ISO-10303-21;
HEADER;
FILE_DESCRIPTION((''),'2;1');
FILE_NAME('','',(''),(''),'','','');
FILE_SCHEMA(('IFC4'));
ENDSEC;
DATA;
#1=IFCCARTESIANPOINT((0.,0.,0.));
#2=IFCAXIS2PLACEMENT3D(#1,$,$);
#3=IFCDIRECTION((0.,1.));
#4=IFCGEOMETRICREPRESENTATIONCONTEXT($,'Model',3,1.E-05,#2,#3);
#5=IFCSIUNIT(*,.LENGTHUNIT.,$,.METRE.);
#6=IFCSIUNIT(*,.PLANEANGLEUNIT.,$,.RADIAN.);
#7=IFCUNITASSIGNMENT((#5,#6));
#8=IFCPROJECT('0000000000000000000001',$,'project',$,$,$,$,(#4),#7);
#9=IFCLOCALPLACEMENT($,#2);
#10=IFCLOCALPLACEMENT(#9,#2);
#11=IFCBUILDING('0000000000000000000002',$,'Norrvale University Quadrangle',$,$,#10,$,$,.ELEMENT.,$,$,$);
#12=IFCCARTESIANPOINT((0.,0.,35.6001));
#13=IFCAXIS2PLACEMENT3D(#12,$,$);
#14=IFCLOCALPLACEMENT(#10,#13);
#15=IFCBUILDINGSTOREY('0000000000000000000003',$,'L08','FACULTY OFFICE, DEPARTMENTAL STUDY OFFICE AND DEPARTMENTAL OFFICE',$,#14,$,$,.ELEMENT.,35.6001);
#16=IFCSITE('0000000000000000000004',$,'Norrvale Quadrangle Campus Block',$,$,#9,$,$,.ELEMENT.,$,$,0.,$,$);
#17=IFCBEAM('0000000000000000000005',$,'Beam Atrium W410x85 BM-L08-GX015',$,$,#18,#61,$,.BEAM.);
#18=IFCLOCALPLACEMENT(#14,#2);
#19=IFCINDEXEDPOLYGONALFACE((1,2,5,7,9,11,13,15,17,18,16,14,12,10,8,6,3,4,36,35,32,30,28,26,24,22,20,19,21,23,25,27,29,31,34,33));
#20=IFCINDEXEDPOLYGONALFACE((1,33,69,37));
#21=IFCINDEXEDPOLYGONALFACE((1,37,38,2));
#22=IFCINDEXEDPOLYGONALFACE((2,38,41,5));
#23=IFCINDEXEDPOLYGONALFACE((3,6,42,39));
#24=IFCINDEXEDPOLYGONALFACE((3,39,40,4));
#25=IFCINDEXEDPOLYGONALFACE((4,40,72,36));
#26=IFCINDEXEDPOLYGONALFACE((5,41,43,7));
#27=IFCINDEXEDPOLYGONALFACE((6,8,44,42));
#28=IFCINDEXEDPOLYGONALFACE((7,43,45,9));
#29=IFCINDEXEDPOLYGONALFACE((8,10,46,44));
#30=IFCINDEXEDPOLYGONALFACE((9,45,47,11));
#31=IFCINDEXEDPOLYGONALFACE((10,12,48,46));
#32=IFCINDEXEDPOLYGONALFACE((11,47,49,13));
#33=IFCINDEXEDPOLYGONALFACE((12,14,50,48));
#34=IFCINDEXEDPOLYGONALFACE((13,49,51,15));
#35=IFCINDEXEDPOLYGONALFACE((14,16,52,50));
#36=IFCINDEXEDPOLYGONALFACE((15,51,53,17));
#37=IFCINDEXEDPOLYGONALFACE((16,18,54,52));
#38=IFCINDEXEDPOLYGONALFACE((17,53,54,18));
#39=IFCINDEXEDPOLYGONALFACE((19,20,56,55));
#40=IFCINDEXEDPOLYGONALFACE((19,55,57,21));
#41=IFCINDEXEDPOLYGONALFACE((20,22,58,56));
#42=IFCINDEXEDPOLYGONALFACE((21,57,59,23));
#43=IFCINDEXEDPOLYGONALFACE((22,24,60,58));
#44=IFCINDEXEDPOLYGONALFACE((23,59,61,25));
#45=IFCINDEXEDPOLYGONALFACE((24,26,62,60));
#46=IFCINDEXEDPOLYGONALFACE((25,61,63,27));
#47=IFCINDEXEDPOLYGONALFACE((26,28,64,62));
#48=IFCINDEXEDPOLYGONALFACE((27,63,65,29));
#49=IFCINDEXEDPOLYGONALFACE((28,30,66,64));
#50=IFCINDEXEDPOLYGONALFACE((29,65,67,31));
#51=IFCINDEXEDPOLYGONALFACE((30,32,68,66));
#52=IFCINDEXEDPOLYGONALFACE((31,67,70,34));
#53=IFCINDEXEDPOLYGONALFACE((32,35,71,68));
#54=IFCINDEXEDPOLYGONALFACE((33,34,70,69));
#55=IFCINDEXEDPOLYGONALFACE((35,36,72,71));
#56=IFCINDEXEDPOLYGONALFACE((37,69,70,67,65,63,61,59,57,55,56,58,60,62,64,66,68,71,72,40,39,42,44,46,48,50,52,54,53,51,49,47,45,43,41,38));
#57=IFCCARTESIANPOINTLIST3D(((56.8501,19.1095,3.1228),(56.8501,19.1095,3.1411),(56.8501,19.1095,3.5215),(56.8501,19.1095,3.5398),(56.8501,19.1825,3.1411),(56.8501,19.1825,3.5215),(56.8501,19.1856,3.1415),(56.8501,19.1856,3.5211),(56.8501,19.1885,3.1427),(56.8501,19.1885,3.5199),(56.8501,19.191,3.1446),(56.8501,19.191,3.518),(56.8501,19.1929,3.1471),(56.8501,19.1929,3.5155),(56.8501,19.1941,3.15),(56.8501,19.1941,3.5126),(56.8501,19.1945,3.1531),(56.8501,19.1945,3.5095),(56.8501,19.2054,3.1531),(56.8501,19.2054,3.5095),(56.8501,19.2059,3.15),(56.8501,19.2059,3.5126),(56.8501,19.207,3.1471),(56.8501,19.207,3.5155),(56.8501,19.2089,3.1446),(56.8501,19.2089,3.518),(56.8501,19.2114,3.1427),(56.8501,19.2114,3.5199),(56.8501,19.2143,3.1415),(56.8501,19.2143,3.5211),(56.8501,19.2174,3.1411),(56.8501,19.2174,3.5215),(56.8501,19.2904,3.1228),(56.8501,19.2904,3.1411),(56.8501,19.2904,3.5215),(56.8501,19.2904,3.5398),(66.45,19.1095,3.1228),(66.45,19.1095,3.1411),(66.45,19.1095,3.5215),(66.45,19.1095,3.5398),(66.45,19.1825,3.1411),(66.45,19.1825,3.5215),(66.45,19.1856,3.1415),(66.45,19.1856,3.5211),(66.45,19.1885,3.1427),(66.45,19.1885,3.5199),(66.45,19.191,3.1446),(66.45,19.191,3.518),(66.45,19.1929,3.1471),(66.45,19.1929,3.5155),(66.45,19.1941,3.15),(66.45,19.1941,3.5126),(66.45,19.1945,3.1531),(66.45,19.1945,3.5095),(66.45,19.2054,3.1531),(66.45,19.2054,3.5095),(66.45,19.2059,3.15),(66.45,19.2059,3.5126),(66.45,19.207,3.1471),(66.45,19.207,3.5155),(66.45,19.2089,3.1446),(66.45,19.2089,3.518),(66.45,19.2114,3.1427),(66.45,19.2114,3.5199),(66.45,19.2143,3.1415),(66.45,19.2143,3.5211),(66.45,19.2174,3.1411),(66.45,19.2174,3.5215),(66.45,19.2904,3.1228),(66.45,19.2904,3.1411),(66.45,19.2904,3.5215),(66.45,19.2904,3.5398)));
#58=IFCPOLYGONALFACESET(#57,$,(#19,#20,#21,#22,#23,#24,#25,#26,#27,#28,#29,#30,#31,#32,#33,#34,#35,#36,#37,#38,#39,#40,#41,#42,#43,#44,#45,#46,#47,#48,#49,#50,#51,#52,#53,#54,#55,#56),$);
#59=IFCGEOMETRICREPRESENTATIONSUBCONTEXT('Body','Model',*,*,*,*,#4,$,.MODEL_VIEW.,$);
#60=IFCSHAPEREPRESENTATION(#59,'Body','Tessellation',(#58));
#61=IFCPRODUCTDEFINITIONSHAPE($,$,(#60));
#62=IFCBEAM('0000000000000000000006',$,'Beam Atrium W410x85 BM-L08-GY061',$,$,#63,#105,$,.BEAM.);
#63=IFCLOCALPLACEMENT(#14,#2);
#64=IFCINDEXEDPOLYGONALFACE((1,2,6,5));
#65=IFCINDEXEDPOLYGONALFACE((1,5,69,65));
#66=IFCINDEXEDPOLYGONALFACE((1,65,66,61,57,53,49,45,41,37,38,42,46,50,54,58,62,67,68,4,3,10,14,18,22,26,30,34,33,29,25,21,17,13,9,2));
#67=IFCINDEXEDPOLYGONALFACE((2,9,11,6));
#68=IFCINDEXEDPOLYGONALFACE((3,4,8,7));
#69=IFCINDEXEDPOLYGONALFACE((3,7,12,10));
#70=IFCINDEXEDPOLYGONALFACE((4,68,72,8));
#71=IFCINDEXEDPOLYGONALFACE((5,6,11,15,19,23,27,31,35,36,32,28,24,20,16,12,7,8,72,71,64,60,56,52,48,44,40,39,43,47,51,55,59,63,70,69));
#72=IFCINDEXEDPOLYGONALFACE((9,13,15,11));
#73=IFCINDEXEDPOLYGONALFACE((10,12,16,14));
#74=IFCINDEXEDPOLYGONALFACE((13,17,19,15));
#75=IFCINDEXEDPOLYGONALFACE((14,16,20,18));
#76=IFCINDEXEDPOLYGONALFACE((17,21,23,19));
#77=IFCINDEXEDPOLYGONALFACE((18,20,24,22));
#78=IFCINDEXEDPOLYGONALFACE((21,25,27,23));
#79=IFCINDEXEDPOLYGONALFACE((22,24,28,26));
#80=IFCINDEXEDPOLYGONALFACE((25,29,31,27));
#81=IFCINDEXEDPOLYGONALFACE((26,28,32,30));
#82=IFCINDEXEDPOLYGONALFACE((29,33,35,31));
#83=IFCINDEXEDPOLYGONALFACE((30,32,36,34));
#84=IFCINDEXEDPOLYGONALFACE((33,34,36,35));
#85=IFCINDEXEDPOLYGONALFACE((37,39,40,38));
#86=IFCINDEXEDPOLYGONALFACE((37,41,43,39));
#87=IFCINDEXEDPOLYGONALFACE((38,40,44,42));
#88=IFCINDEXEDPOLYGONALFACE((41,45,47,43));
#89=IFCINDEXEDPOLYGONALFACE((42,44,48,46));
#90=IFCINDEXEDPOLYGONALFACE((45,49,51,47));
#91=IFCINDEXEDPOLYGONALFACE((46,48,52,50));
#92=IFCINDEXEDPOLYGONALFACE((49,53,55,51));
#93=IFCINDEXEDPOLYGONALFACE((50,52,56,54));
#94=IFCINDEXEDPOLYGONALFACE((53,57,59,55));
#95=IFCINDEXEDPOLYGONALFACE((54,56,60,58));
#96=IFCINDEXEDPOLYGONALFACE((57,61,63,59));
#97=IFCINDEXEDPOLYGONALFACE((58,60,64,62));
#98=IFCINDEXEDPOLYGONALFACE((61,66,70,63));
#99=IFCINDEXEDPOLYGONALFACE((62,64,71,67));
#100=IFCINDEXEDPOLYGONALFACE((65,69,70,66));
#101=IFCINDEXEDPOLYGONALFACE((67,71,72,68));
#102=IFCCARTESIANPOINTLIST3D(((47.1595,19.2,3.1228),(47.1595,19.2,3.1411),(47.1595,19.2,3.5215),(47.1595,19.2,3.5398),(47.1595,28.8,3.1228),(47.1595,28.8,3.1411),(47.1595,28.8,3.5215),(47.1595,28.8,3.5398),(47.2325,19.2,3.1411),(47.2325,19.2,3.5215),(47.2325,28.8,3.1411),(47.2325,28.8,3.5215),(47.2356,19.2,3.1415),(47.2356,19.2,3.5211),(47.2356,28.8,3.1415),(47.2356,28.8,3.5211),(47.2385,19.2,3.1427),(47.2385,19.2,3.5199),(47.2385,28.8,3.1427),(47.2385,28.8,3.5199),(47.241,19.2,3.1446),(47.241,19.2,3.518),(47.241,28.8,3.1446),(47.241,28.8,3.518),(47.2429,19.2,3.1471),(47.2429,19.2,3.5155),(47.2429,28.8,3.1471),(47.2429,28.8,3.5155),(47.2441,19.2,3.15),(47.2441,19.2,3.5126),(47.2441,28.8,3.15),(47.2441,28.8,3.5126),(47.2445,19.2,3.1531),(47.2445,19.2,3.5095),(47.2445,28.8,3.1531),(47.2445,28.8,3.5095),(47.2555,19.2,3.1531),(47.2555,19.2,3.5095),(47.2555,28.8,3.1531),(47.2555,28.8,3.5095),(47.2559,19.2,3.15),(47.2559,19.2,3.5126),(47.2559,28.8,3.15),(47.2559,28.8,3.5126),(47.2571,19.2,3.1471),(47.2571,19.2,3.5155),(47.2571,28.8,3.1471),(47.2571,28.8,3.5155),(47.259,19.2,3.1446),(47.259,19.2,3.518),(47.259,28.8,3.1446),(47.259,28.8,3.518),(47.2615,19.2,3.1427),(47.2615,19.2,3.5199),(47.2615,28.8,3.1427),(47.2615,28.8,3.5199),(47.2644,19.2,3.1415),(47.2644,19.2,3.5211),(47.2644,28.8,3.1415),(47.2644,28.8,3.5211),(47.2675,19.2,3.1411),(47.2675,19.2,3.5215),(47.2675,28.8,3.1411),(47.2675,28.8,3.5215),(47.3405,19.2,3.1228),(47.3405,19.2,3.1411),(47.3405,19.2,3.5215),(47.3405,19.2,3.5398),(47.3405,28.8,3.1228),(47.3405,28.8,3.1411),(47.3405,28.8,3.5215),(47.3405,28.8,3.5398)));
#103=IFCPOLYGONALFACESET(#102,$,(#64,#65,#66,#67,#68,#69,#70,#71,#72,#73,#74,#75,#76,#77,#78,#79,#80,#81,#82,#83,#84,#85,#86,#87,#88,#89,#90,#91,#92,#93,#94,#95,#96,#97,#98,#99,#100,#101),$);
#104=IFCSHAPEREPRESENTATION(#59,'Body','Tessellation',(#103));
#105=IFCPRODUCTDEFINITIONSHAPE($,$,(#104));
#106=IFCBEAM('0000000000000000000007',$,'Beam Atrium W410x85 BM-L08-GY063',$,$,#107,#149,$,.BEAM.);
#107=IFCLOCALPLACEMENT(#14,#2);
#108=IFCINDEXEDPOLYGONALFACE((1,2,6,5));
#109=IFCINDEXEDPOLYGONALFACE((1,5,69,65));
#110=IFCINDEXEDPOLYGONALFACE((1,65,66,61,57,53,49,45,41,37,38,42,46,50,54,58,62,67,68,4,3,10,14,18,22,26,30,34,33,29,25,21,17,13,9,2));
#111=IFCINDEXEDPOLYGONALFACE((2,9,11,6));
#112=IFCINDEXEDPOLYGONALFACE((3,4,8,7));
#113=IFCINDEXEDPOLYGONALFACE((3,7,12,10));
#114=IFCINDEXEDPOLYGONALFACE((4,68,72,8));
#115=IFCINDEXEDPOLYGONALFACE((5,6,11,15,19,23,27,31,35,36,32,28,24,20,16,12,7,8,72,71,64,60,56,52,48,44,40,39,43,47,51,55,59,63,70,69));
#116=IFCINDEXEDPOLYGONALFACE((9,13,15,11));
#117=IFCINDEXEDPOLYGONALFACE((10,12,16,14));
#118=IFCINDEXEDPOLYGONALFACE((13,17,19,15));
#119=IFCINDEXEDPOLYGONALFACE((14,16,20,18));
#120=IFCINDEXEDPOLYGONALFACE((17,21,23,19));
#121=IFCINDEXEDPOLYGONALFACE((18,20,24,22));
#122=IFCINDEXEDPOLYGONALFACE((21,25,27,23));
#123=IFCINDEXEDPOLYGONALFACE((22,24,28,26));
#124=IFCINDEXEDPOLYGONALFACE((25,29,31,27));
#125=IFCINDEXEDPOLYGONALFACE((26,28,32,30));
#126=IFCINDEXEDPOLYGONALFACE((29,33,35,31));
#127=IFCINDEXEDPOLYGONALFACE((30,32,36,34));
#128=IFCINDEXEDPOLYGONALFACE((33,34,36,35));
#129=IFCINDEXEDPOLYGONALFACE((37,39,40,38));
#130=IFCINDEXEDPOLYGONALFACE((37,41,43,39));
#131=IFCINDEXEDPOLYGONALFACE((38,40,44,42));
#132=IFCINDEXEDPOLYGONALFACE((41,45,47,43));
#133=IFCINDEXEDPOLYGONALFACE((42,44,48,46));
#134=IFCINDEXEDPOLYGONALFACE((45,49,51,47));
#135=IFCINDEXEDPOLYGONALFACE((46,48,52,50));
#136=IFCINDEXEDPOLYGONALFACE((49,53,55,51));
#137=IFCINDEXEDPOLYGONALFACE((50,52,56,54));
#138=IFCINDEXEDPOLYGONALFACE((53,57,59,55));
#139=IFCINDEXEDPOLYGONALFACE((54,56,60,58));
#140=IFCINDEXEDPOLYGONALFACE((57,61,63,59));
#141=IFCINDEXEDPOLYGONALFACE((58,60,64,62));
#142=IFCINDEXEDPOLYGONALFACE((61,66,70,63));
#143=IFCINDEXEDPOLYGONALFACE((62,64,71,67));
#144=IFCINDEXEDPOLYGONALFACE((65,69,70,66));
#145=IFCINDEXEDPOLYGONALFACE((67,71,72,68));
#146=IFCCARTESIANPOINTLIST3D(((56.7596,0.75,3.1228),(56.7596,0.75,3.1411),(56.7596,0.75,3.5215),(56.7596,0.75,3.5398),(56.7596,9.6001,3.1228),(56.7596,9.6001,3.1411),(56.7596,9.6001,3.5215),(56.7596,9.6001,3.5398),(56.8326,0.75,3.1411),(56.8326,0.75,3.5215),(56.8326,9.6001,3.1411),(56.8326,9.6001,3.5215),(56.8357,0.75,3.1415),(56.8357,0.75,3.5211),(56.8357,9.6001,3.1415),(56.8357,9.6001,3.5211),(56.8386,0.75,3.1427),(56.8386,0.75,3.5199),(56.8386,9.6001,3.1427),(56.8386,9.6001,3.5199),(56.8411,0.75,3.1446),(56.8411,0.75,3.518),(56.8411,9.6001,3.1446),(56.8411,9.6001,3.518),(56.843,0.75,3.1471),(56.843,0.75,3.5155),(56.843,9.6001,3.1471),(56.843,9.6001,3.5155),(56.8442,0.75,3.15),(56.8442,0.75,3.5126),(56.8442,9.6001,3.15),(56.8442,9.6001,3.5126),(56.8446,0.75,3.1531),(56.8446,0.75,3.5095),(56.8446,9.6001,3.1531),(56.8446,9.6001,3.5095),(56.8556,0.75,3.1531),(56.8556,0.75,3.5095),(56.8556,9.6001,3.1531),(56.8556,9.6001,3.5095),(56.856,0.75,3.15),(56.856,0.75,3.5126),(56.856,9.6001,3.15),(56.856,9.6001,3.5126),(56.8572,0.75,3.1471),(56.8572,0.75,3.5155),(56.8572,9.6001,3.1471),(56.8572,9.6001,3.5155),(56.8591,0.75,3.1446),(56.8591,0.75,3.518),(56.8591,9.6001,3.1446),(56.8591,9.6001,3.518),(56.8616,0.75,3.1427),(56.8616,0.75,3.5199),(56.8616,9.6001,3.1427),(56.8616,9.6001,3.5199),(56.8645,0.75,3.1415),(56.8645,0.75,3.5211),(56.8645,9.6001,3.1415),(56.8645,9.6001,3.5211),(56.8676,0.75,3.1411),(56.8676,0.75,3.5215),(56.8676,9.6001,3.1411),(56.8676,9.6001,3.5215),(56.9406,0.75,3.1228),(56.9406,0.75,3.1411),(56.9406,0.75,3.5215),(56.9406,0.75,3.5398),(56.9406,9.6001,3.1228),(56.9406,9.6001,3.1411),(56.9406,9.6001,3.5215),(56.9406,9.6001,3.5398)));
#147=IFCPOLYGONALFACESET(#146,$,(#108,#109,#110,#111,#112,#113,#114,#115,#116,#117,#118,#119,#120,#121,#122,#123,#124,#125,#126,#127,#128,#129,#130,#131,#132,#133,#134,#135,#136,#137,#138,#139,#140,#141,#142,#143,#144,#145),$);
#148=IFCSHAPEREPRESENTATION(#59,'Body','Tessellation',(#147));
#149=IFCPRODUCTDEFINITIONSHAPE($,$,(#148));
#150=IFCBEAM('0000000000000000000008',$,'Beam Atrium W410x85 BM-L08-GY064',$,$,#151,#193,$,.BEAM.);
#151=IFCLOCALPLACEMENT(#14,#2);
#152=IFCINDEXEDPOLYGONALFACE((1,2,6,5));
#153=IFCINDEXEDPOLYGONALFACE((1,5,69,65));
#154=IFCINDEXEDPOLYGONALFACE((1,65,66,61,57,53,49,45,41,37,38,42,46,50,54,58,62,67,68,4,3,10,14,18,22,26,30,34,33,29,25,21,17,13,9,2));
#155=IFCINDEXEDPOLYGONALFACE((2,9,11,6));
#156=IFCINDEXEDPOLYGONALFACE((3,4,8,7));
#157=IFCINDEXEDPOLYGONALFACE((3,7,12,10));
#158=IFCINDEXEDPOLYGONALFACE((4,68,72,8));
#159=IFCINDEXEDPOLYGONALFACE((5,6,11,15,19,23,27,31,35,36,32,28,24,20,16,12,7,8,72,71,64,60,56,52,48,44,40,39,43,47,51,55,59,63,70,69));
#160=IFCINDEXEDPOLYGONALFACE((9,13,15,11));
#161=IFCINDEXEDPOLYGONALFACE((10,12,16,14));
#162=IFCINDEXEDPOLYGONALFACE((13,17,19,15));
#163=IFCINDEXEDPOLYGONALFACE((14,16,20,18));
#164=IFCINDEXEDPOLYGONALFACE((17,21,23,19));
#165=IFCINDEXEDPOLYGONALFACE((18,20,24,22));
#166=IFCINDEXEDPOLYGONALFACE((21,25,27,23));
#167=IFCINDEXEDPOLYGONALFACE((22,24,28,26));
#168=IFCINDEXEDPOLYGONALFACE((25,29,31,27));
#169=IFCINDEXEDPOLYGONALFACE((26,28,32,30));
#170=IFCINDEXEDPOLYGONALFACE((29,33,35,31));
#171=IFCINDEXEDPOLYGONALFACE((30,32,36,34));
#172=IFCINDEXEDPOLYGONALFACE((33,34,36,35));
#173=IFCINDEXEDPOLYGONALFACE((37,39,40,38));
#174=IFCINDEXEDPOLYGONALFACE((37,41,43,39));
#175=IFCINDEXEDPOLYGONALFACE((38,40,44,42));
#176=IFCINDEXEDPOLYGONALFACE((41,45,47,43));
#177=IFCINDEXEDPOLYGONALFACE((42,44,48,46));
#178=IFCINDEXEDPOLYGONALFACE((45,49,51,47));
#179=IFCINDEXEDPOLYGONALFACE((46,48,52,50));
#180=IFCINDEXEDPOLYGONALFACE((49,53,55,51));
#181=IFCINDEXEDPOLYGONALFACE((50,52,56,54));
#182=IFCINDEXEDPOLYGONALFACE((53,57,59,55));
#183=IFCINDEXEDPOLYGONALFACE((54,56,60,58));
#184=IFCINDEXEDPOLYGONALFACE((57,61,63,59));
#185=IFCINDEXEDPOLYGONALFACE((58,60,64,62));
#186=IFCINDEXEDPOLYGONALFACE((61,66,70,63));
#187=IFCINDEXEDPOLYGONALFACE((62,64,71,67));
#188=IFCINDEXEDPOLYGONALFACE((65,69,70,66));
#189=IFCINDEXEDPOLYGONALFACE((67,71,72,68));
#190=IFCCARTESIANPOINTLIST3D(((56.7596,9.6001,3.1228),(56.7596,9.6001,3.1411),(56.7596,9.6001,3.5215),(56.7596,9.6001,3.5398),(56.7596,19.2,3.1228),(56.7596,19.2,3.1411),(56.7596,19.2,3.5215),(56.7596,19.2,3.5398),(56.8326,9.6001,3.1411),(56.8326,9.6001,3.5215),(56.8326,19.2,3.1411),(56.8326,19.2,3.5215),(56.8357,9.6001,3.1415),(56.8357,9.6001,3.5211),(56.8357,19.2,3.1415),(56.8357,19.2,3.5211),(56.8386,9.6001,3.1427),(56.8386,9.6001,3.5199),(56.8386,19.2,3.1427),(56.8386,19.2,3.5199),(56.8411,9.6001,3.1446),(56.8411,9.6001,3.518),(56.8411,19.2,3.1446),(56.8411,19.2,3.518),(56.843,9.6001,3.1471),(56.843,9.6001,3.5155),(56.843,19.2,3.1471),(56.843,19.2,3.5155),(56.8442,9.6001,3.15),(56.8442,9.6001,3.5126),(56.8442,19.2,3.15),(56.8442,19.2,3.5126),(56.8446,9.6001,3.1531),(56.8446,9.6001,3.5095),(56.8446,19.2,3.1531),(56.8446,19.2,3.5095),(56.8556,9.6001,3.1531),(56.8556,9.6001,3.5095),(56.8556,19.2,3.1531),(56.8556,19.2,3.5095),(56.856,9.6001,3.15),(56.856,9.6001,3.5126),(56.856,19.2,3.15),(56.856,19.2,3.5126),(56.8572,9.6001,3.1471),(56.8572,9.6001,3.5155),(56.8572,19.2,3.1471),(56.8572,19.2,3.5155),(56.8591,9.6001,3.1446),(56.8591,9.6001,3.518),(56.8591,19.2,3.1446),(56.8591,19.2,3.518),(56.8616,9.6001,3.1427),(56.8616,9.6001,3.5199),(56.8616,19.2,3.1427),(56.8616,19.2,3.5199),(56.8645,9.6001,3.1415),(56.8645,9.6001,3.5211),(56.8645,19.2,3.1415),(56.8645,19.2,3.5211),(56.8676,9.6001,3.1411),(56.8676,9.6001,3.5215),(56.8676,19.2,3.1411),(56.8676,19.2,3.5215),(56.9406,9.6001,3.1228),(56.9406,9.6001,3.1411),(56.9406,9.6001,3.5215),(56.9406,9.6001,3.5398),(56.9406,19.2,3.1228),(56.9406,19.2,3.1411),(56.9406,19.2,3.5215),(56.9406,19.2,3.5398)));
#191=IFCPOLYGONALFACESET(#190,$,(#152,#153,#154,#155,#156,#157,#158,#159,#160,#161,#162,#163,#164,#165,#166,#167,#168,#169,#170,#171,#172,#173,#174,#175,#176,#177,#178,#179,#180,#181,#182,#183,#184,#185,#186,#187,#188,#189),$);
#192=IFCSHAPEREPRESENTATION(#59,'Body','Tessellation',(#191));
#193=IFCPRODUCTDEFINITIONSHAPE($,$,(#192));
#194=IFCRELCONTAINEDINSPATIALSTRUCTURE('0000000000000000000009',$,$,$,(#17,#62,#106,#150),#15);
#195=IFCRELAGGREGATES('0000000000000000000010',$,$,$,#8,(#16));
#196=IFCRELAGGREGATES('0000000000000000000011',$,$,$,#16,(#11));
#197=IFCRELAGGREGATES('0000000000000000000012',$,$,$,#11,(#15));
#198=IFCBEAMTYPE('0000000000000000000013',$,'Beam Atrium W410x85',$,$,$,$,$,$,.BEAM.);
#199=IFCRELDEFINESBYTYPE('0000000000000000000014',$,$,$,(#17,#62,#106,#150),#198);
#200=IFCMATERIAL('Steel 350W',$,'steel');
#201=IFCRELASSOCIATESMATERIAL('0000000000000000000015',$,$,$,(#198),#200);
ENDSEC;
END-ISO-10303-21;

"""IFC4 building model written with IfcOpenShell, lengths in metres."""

from ifc_helpers import new_model, si_unit, direction, frame, origin, origin_2d, place, context, subcontext, project, spatial, i_section, extrude, material, material_profile, profile_set, type_object, element, save


model = new_model("IFC4")

# Units and contexts
model_context = context("Model", 3, precision=1e-05, world=origin(), true_north=direction((0.0, 1.0)))
body_context = subcontext(model_context, "Body", "Model", "MODEL_VIEW")
ifc_project = project(units=[si_unit("LENGTHUNIT", "METRE"), si_unit("PLANEANGLEUNIT", "RADIAN")], contexts=[model_context])

# Site, building, storey
site_placement = place(None, origin())
site = spatial("IfcSite", under=ifc_project, at=site_placement, Name="Norrvale Quadrangle Campus Block", CompositionType="ELEMENT", RefElevation=0.0)
building_placement = place(site_placement, origin())
building = spatial("IfcBuilding", under=site, at=building_placement, Name="Norrvale University Quadrangle", CompositionType="ELEMENT")
storey_placement = place(building_placement, frame((0.0, 0.0, 35.6001)))
storey = spatial("IfcBuildingStorey", under=building, at=storey_placement, Name="L08", Description="FACULTY OFFICE, DEPARTMENTAL STUDY OFFICE AND DEPARTMENTAL OFFICE", CompositionType="ELEMENT", Elevation=35.6001)

# Beams
ifc_material_1 = material(Name="Steel 350W", Category="steel")
ifc_material_profile_1 = material_profile(ifc_material_1, i_section(OverallWidth=0.1809, OverallDepth=0.417, WebThickness=0.011, FlangeThickness=0.0183, FilletRadius=0.012, at=origin_2d()), Name="Steel 350W")
ifc_profile_set_1 = profile_set([ifc_material_profile_1], Name="Steel 350W")
beam_type_1 = type_object("IfcBeamType", Name="Beam Atrium W410x85", PredefinedType="BEAM", material=ifc_profile_set_1)
beam_1_placement = place(storey_placement, frame((56.8501, 19.2, 3.3313), z_axis=(1.0, 0.0, 0.0), x_axis=(0.0, 1.0, 0.0)))
element("IfcBeam", 1, at=beam_1_placement, inside=storey, type_object=beam_type_1, Name="Beam Atrium W410x85 BM-L08-GX015", PredefinedType="BEAM", context=body_context, shape_type="SweptSolid", body=[
    extrude(i_section(OverallWidth=0.1809, OverallDepth=0.417, WebThickness=0.011, FlangeThickness=0.0183, FilletRadius=0.012, at=origin_2d()), origin(), (0.0, 0.0, 1.0), 9.5999),
])
beam_2_placement = place(storey_placement, frame((47.25, 19.2, 3.3313), z_axis=(0.0, 1.0, 0.0), x_axis=(-1.0, 0.0, 0.0)))
element("IfcBeam", 2, at=beam_2_placement, inside=storey, type_object=beam_type_1, Name="Beam Atrium W410x85 BM-L08-GY061", PredefinedType="BEAM", context=body_context, shape_type="SweptSolid", body=[
    extrude(i_section(OverallWidth=0.1809, OverallDepth=0.417, WebThickness=0.011, FlangeThickness=0.0183, FilletRadius=0.012, at=origin_2d()), origin(), (0.0, 0.0, 1.0), 9.6001),
])
beam_3_placement = place(storey_placement, frame((56.8501, 0.75, 3.3313), z_axis=(0.0, 1.0, 0.0), x_axis=(-1.0, 0.0, 0.0)))
element("IfcBeam", 3, at=beam_3_placement, inside=storey, type_object=beam_type_1, Name="Beam Atrium W410x85 BM-L08-GY063", PredefinedType="BEAM", context=body_context, shape_type="SweptSolid", body=[
    extrude(i_section(OverallWidth=0.1809, OverallDepth=0.417, WebThickness=0.011, FlangeThickness=0.0183, FilletRadius=0.012, at=origin_2d()), origin(), (0.0, 0.0, 1.0), 8.8501),
])
beam_4_placement = place(storey_placement, frame((56.8501, 9.6001, 3.3313), z_axis=(0.0, 1.0, 0.0), x_axis=(-1.0, 0.0, 0.0)))
element("IfcBeam", 4, at=beam_4_placement, inside=storey, type_object=beam_type_1, Name="Beam Atrium W410x85 BM-L08-GY064", PredefinedType="BEAM", context=body_context, shape_type="SweptSolid", body=[
    extrude(i_section(OverallWidth=0.1809, OverallDepth=0.417, WebThickness=0.011, FlangeThickness=0.0183, FilletRadius=0.012, at=origin_2d()), origin(), (0.0, 0.0, 1.0), 9.5999),
])

save(model, "model.ifc")
